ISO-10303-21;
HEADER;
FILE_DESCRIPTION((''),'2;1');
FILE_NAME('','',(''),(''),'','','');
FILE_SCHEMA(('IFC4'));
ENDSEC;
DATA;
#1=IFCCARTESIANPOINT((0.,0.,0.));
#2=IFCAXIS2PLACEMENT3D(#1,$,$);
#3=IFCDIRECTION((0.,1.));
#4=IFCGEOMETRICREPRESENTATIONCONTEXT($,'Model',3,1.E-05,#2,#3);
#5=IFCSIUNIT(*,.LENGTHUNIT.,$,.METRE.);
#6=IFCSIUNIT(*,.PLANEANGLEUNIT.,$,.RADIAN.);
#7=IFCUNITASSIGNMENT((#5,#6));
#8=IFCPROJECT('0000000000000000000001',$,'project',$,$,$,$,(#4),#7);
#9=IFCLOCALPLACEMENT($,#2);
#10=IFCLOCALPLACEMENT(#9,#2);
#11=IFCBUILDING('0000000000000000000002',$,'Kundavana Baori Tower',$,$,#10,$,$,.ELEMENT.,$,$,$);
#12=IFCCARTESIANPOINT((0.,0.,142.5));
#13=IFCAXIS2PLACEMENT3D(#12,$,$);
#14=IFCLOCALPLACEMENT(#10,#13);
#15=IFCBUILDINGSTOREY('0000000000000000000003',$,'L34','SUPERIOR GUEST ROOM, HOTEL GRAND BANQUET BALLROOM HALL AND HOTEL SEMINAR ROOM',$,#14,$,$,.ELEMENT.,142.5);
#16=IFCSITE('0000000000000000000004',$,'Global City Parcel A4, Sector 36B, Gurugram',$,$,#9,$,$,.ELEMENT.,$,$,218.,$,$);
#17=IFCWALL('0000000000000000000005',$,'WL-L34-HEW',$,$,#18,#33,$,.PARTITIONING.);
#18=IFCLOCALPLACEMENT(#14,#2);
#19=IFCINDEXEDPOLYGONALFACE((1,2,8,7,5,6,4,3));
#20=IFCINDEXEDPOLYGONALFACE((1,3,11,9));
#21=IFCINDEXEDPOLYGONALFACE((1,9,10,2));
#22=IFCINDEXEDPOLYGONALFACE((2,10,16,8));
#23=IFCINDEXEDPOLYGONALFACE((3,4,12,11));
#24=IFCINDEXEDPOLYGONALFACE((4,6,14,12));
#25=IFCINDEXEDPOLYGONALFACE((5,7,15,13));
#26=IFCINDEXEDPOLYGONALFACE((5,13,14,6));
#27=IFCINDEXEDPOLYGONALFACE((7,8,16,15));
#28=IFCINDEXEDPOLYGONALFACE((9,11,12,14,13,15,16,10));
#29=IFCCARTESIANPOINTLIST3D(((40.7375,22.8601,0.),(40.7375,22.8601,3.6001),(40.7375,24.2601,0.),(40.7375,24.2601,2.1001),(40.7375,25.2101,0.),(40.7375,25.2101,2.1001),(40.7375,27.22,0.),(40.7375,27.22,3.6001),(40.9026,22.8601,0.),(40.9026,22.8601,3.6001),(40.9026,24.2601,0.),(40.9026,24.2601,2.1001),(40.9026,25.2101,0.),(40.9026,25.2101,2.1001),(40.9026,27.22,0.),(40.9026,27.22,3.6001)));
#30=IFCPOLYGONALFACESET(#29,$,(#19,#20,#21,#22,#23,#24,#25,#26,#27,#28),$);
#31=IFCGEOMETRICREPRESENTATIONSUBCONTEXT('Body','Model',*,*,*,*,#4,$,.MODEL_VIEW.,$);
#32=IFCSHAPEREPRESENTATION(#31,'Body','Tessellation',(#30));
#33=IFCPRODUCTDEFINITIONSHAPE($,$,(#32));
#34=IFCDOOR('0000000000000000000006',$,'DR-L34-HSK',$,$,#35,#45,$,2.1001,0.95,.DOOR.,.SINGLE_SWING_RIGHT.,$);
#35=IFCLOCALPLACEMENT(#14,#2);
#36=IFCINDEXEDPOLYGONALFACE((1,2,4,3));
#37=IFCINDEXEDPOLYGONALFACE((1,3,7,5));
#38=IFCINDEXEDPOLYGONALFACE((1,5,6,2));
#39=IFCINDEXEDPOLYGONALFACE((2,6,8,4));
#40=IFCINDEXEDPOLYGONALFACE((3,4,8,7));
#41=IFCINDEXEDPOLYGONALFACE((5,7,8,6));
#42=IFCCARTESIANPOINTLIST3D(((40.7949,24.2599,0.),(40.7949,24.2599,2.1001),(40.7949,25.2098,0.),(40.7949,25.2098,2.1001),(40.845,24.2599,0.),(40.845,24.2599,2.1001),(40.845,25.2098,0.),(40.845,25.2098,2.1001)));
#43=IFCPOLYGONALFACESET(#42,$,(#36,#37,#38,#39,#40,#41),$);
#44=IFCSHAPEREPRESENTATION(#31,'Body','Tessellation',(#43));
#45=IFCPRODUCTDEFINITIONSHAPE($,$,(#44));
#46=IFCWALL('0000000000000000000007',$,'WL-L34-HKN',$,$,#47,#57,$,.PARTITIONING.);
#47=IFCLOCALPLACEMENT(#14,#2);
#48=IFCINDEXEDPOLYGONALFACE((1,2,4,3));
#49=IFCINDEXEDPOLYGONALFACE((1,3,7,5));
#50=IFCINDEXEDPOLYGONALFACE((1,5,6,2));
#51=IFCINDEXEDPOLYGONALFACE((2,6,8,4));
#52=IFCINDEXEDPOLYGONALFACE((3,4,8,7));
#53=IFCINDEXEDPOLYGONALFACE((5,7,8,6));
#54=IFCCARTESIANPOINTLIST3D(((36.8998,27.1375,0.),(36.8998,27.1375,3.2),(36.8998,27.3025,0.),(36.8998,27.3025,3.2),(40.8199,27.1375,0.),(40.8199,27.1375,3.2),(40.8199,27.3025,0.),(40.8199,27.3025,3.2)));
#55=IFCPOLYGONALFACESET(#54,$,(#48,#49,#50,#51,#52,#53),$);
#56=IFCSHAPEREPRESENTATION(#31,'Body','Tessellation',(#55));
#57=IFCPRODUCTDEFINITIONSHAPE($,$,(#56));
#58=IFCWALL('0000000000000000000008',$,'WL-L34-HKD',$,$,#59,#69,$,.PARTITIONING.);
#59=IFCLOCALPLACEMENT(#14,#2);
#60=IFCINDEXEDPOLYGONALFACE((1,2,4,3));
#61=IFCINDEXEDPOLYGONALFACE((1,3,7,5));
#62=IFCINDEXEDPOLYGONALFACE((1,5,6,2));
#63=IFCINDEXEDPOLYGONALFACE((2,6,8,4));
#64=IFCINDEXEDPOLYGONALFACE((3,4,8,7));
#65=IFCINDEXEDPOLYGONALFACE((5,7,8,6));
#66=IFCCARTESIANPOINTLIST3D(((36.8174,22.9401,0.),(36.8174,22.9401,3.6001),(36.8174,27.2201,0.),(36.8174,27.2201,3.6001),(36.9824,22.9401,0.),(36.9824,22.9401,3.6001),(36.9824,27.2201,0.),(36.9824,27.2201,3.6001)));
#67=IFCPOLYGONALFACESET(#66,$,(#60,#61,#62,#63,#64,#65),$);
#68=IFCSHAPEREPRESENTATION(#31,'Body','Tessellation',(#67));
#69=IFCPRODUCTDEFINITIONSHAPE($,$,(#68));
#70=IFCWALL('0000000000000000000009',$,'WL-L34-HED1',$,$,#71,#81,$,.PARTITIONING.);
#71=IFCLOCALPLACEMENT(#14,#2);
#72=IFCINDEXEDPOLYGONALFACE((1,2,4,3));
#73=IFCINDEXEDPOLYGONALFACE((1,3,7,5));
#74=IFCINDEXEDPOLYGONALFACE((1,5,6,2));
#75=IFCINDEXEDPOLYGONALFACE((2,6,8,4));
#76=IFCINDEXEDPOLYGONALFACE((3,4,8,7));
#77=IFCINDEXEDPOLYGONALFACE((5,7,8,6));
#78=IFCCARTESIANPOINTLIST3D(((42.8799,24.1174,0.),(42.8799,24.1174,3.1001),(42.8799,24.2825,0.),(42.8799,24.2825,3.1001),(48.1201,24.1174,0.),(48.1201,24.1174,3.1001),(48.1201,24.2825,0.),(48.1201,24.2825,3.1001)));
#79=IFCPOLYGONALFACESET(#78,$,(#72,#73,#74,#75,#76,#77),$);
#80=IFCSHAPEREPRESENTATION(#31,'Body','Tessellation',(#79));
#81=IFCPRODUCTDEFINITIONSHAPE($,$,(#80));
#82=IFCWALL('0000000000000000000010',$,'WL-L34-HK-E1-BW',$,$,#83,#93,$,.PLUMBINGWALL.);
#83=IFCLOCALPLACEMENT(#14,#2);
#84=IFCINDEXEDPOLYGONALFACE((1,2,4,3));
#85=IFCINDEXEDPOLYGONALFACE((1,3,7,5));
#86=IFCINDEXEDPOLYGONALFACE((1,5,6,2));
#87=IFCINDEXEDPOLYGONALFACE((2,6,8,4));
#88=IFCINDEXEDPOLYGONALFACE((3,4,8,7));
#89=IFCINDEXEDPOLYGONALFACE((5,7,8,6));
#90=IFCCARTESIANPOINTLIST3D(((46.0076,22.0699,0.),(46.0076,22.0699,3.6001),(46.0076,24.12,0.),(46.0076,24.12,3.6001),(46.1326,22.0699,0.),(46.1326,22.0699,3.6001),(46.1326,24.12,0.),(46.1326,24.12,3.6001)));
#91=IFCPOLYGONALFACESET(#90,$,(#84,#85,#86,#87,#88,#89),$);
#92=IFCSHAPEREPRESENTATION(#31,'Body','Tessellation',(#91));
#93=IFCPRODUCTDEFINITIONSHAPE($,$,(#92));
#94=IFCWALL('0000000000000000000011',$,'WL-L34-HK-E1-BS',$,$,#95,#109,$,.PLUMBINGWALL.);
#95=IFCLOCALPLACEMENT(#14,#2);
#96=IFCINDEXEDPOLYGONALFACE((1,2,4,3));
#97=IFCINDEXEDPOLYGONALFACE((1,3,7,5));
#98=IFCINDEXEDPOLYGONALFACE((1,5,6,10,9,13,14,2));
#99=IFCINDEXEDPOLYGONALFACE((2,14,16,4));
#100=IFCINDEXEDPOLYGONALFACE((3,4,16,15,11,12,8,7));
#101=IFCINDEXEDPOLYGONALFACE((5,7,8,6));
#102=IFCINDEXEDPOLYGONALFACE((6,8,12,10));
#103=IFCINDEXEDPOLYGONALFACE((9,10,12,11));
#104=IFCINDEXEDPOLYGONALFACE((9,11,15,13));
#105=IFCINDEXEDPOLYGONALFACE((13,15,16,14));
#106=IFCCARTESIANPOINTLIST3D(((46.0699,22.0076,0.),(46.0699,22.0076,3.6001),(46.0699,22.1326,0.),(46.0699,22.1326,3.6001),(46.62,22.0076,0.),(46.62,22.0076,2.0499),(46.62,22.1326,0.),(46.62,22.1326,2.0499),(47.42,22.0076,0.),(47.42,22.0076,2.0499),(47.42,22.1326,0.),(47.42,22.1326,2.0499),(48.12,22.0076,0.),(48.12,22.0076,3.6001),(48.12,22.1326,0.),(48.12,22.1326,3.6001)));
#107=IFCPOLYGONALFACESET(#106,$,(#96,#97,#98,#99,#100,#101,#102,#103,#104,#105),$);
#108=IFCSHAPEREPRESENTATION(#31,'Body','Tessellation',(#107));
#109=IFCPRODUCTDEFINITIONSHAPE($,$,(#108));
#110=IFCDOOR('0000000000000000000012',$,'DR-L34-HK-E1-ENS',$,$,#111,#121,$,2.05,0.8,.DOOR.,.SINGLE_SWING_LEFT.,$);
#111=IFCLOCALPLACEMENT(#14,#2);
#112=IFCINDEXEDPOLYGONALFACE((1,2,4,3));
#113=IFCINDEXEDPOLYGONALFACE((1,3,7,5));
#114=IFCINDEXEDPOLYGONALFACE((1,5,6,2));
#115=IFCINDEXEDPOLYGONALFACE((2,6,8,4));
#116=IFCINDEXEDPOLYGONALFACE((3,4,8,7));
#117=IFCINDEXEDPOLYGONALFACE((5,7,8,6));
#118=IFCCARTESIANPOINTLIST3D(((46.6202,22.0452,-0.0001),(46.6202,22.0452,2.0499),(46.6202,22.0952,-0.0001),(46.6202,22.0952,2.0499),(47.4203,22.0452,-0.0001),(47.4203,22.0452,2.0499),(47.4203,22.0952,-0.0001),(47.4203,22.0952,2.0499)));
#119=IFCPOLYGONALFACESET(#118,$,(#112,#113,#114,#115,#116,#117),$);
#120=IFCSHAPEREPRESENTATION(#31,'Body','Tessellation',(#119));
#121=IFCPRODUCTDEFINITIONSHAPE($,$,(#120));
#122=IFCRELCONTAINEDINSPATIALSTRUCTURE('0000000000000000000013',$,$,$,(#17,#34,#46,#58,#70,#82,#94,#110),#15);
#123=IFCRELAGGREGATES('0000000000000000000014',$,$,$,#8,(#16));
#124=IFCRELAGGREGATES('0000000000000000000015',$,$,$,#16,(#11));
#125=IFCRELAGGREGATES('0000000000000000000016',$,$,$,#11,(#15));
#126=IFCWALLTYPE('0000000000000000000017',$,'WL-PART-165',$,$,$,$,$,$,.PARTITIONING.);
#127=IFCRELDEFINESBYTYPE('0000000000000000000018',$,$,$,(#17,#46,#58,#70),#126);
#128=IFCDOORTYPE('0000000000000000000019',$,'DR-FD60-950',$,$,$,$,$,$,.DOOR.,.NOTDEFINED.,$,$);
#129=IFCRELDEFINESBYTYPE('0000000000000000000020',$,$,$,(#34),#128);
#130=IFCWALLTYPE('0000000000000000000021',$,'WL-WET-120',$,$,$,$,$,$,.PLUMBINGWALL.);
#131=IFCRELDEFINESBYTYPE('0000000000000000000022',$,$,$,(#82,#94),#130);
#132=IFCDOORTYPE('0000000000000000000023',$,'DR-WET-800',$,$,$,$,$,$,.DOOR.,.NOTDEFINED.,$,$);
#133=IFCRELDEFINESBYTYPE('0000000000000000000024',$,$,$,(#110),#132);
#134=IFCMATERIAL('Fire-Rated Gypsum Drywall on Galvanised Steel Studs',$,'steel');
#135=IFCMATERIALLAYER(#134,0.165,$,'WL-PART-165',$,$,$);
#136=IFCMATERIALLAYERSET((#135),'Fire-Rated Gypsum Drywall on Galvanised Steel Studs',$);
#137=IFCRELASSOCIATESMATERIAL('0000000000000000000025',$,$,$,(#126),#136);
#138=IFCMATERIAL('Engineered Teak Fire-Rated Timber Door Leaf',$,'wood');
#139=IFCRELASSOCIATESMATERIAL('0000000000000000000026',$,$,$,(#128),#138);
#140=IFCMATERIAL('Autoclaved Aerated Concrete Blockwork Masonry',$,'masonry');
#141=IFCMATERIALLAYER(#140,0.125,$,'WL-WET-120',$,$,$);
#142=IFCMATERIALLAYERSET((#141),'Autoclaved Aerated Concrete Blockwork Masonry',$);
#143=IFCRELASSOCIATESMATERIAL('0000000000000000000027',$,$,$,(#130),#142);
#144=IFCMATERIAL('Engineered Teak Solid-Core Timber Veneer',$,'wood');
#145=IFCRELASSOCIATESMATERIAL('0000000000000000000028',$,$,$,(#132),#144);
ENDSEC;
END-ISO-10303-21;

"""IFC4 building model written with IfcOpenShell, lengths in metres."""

from ifc_helpers import new_model, si_unit, direction, frame, frame_2d, origin, place, context, subcontext, project, spatial, rectangle, extrude, material, layer, layer_set, type_object, element, fill, save


model = new_model("IFC4")

# Units and contexts
model_context = context("Model", 3, precision=1e-05, world=origin(), true_north=direction((0.0, 1.0)))
body_context = subcontext(model_context, "Body", "Model", "MODEL_VIEW")
ifc_project = project(units=[si_unit("LENGTHUNIT", "METRE"), si_unit("PLANEANGLEUNIT", "RADIAN")], contexts=[model_context])

# Site, building, storey
site_placement = place(None, origin())
site = spatial("IfcSite", under=ifc_project, at=site_placement, Name="Global City Parcel A4, Sector 36B, Gurugram", CompositionType="ELEMENT", RefElevation=218.0)
building_placement = place(site_placement, origin())
building = spatial("IfcBuilding", under=site, at=building_placement, Name="Kundavana Baori Tower", CompositionType="ELEMENT")
storey_placement = place(building_placement, frame((0.0, 0.0, 142.5)))
storey = spatial("IfcBuildingStorey", under=building, at=storey_placement, Name="L34", Description="SUPERIOR GUEST ROOM, HOTEL GRAND BANQUET BALLROOM HALL AND HOTEL SEMINAR ROOM", CompositionType="ELEMENT", Elevation=142.5)

# Shared definitions
ifc_material_1 = material(Name="Fire-Rated Gypsum Drywall on Galvanised Steel Studs", Category="steel")
ifc_layer_1 = layer(ifc_material_1, 0.165, Name="WL-PART-165")
ifc_layer_set_1 = layer_set([ifc_layer_1], Name="Fire-Rated Gypsum Drywall on Galvanised Steel Studs")
wall_type_1 = type_object("IfcWallType", Name="WL-PART-165", PredefinedType="PARTITIONING", material=ifc_layer_set_1)
ifc_material_2 = material(Name="Engineered Teak Fire-Rated Timber Door Leaf", Category="wood")
door_type_1 = type_object("IfcDoorType", Name="DR-FD60-950", OperationType="NOTDEFINED", PredefinedType="DOOR", material=ifc_material_2)

# Wall, opening, door
wall_1_placement = place(storey_placement, frame((40.8201, 22.8601, 0.0), z_axis=(0.0, 0.0, 1.0), x_axis=(0.0, 1.0, 0.0)))
wall_1 = element("IfcWall", 1, at=wall_1_placement, inside=storey, type_object=wall_type_1, Name="WL-L34-HEW", PredefinedType="PARTITIONING", context=body_context, shape_type="SweptSolid", body=[
    extrude(rectangle(XDim=4.3599, YDim=0.165, at=frame_2d((2.1799, 0.0))), origin(), (0.0, 0.0, 1.0), 3.6001),
])
opening_1_placement = place(wall_1_placement, frame((1.3999, 0.0, 0.0)))
opening_1 = element("IfcOpeningElement", 2, at=opening_1_placement, cuts=wall_1, PredefinedType="OPENING", context=body_context, shape_type="SweptSolid", body=[
    extrude(rectangle(XDim=0.95, YDim=2.1001, at=frame_2d((0.4751, 1.05))), frame((0.0, 0.0925, 0.0), z_axis=(0.0, -1.0, 0.0), x_axis=(1.0, 0.0, 0.0)), (0.0, 0.0, 1.0), 0.1851),
])
door_1_placement = place(opening_1_placement, frame((0.95, 0.0, 0.0), z_axis=(0.0, 0.0, 1.0), x_axis=(-1.0, 0.0, 0.0)))
door_1 = element("IfcDoor", 3, at=door_1_placement, inside=storey, type_object=door_type_1, Name="DR-L34-HSK", OperationType="SINGLE_SWING_RIGHT", OverallHeight=2.1001, OverallWidth=0.95, PredefinedType="DOOR", context=body_context, shape_type="SweptSolid", body=[
    extrude(rectangle(XDim=0.95, YDim=2.1001, at=frame_2d((0.4751, 1.05))), frame((0.0, 0.0249, 0.0), z_axis=(0.0, -1.0, 0.0), x_axis=(1.0, 0.0, 0.0)), (0.0, 0.0, 1.0), 0.05),
])
fill(opening_1, door_1)

# Walls
wall_2_placement = place(storey_placement, frame((36.8999, 27.22, 0.0), z_axis=(0.0, 0.0, 1.0), x_axis=(1.0, 0.0, 0.0)))
element("IfcWall", 4, at=wall_2_placement, inside=storey, type_object=wall_type_1, Name="WL-L34-HKN", PredefinedType="PARTITIONING", context=body_context, shape_type="SweptSolid", body=[
    extrude(rectangle(XDim=3.9202, YDim=0.165, at=frame_2d((1.96, 0.0))), origin(), (0.0, 0.0, 1.0), 3.2),
])
wall_3_placement = place(storey_placement, frame((36.8999, 22.9399, 0.0), z_axis=(0.0, 0.0, 1.0), x_axis=(0.0, 1.0, 0.0)))
element("IfcWall", 5, at=wall_3_placement, inside=storey, type_object=wall_type_1, Name="WL-L34-HKD", PredefinedType="PARTITIONING", context=body_context, shape_type="SweptSolid", body=[
    extrude(rectangle(XDim=4.28, YDim=0.165, at=frame_2d((2.1401, 0.0))), origin(), (0.0, 0.0, 1.0), 3.6001),
])
wall_4_placement = place(storey_placement, frame((42.8799, 24.2, 0.0), z_axis=(0.0, 0.0, 1.0), x_axis=(1.0, 0.0, 0.0)))
element("IfcWall", 6, at=wall_4_placement, inside=storey, type_object=wall_type_1, Name="WL-L34-HED1", PredefinedType="PARTITIONING", context=body_context, shape_type="SweptSolid", body=[
    extrude(rectangle(XDim=5.2402, YDim=0.165, at=frame_2d((2.6201, 0.0))), origin(), (0.0, 0.0, 1.0), 3.1001),
])
ifc_material_3 = material(Name="Autoclaved Aerated Concrete Blockwork Masonry", Category="masonry")
ifc_layer_2 = layer(ifc_material_3, 0.125, Name="WL-WET-120")
ifc_layer_set_2 = layer_set([ifc_layer_2], Name="Autoclaved Aerated Concrete Blockwork Masonry")
wall_type_2 = type_object("IfcWallType", Name="WL-WET-120", PredefinedType="PLUMBINGWALL", material=ifc_layer_set_2)
wall_5_placement = place(storey_placement, frame((46.0701, 22.0701, 0.0), z_axis=(0.0, 0.0, 1.0), x_axis=(0.0, 1.0, 0.0)))
element("IfcWall", 7, at=wall_5_placement, inside=storey, type_object=wall_type_2, Name="WL-L34-HK-E1-BW", PredefinedType="PLUMBINGWALL", context=body_context, shape_type="SweptSolid", body=[
    extrude(rectangle(XDim=2.05, YDim=0.125, at=frame_2d((1.0249, 0.0))), origin(), (0.0, 0.0, 1.0), 3.6001),
])

# Wall, opening, door
wall_6_placement = place(storey_placement, frame((46.0701, 22.0701, 0.0), z_axis=(0.0, 0.0, 1.0), x_axis=(1.0, 0.0, 0.0)))
wall_6 = element("IfcWall", 8, at=wall_6_placement, inside=storey, type_object=wall_type_2, Name="WL-L34-HK-E1-BS", PredefinedType="PLUMBINGWALL", context=body_context, shape_type="SweptSolid", body=[
    extrude(rectangle(XDim=2.05, YDim=0.125, at=frame_2d((1.0249, 0.0))), origin(), (0.0, 0.0, 1.0), 3.6001),
])
opening_2_placement = place(wall_6_placement, frame((0.55, 0.0, 0.0)))
opening_2 = element("IfcOpeningElement", 9, at=opening_2_placement, cuts=wall_6, PredefinedType="OPENING", context=body_context, shape_type="SweptSolid", body=[
    extrude(rectangle(XDim=0.8, YDim=2.05, at=frame_2d((0.3999, 1.0249))), frame((0.0, 0.0725, 0.0), z_axis=(0.0, -1.0, 0.0), x_axis=(1.0, 0.0, 0.0)), (0.0, 0.0, 1.0), 0.145),
])
ifc_material_4 = material(Name="Engineered Teak Solid-Core Timber Veneer", Category="wood")
door_type_2 = type_object("IfcDoorType", Name="DR-WET-800", OperationType="NOTDEFINED", PredefinedType="DOOR", material=ifc_material_4)
door_2_placement = place(opening_2_placement, frame((0.8, 0.0, 0.0), z_axis=(0.0, 0.0, 1.0), x_axis=(-1.0, 0.0, 0.0)))
door_2 = element("IfcDoor", 10, at=door_2_placement, inside=storey, type_object=door_type_2, Name="DR-L34-HK-E1-ENS", OperationType="SINGLE_SWING_LEFT", OverallHeight=2.05, OverallWidth=0.8, PredefinedType="DOOR", context=body_context, shape_type="SweptSolid", body=[
    extrude(rectangle(XDim=0.8, YDim=2.05, at=frame_2d((0.3999, 1.0249))), frame((0.0, 0.0249, 0.0), z_axis=(0.0, -1.0, 0.0), x_axis=(1.0, 0.0, 0.0)), (0.0, 0.0, 1.0), 0.05),
])
fill(opening_2, door_2)

save(model, "model.ifc")
